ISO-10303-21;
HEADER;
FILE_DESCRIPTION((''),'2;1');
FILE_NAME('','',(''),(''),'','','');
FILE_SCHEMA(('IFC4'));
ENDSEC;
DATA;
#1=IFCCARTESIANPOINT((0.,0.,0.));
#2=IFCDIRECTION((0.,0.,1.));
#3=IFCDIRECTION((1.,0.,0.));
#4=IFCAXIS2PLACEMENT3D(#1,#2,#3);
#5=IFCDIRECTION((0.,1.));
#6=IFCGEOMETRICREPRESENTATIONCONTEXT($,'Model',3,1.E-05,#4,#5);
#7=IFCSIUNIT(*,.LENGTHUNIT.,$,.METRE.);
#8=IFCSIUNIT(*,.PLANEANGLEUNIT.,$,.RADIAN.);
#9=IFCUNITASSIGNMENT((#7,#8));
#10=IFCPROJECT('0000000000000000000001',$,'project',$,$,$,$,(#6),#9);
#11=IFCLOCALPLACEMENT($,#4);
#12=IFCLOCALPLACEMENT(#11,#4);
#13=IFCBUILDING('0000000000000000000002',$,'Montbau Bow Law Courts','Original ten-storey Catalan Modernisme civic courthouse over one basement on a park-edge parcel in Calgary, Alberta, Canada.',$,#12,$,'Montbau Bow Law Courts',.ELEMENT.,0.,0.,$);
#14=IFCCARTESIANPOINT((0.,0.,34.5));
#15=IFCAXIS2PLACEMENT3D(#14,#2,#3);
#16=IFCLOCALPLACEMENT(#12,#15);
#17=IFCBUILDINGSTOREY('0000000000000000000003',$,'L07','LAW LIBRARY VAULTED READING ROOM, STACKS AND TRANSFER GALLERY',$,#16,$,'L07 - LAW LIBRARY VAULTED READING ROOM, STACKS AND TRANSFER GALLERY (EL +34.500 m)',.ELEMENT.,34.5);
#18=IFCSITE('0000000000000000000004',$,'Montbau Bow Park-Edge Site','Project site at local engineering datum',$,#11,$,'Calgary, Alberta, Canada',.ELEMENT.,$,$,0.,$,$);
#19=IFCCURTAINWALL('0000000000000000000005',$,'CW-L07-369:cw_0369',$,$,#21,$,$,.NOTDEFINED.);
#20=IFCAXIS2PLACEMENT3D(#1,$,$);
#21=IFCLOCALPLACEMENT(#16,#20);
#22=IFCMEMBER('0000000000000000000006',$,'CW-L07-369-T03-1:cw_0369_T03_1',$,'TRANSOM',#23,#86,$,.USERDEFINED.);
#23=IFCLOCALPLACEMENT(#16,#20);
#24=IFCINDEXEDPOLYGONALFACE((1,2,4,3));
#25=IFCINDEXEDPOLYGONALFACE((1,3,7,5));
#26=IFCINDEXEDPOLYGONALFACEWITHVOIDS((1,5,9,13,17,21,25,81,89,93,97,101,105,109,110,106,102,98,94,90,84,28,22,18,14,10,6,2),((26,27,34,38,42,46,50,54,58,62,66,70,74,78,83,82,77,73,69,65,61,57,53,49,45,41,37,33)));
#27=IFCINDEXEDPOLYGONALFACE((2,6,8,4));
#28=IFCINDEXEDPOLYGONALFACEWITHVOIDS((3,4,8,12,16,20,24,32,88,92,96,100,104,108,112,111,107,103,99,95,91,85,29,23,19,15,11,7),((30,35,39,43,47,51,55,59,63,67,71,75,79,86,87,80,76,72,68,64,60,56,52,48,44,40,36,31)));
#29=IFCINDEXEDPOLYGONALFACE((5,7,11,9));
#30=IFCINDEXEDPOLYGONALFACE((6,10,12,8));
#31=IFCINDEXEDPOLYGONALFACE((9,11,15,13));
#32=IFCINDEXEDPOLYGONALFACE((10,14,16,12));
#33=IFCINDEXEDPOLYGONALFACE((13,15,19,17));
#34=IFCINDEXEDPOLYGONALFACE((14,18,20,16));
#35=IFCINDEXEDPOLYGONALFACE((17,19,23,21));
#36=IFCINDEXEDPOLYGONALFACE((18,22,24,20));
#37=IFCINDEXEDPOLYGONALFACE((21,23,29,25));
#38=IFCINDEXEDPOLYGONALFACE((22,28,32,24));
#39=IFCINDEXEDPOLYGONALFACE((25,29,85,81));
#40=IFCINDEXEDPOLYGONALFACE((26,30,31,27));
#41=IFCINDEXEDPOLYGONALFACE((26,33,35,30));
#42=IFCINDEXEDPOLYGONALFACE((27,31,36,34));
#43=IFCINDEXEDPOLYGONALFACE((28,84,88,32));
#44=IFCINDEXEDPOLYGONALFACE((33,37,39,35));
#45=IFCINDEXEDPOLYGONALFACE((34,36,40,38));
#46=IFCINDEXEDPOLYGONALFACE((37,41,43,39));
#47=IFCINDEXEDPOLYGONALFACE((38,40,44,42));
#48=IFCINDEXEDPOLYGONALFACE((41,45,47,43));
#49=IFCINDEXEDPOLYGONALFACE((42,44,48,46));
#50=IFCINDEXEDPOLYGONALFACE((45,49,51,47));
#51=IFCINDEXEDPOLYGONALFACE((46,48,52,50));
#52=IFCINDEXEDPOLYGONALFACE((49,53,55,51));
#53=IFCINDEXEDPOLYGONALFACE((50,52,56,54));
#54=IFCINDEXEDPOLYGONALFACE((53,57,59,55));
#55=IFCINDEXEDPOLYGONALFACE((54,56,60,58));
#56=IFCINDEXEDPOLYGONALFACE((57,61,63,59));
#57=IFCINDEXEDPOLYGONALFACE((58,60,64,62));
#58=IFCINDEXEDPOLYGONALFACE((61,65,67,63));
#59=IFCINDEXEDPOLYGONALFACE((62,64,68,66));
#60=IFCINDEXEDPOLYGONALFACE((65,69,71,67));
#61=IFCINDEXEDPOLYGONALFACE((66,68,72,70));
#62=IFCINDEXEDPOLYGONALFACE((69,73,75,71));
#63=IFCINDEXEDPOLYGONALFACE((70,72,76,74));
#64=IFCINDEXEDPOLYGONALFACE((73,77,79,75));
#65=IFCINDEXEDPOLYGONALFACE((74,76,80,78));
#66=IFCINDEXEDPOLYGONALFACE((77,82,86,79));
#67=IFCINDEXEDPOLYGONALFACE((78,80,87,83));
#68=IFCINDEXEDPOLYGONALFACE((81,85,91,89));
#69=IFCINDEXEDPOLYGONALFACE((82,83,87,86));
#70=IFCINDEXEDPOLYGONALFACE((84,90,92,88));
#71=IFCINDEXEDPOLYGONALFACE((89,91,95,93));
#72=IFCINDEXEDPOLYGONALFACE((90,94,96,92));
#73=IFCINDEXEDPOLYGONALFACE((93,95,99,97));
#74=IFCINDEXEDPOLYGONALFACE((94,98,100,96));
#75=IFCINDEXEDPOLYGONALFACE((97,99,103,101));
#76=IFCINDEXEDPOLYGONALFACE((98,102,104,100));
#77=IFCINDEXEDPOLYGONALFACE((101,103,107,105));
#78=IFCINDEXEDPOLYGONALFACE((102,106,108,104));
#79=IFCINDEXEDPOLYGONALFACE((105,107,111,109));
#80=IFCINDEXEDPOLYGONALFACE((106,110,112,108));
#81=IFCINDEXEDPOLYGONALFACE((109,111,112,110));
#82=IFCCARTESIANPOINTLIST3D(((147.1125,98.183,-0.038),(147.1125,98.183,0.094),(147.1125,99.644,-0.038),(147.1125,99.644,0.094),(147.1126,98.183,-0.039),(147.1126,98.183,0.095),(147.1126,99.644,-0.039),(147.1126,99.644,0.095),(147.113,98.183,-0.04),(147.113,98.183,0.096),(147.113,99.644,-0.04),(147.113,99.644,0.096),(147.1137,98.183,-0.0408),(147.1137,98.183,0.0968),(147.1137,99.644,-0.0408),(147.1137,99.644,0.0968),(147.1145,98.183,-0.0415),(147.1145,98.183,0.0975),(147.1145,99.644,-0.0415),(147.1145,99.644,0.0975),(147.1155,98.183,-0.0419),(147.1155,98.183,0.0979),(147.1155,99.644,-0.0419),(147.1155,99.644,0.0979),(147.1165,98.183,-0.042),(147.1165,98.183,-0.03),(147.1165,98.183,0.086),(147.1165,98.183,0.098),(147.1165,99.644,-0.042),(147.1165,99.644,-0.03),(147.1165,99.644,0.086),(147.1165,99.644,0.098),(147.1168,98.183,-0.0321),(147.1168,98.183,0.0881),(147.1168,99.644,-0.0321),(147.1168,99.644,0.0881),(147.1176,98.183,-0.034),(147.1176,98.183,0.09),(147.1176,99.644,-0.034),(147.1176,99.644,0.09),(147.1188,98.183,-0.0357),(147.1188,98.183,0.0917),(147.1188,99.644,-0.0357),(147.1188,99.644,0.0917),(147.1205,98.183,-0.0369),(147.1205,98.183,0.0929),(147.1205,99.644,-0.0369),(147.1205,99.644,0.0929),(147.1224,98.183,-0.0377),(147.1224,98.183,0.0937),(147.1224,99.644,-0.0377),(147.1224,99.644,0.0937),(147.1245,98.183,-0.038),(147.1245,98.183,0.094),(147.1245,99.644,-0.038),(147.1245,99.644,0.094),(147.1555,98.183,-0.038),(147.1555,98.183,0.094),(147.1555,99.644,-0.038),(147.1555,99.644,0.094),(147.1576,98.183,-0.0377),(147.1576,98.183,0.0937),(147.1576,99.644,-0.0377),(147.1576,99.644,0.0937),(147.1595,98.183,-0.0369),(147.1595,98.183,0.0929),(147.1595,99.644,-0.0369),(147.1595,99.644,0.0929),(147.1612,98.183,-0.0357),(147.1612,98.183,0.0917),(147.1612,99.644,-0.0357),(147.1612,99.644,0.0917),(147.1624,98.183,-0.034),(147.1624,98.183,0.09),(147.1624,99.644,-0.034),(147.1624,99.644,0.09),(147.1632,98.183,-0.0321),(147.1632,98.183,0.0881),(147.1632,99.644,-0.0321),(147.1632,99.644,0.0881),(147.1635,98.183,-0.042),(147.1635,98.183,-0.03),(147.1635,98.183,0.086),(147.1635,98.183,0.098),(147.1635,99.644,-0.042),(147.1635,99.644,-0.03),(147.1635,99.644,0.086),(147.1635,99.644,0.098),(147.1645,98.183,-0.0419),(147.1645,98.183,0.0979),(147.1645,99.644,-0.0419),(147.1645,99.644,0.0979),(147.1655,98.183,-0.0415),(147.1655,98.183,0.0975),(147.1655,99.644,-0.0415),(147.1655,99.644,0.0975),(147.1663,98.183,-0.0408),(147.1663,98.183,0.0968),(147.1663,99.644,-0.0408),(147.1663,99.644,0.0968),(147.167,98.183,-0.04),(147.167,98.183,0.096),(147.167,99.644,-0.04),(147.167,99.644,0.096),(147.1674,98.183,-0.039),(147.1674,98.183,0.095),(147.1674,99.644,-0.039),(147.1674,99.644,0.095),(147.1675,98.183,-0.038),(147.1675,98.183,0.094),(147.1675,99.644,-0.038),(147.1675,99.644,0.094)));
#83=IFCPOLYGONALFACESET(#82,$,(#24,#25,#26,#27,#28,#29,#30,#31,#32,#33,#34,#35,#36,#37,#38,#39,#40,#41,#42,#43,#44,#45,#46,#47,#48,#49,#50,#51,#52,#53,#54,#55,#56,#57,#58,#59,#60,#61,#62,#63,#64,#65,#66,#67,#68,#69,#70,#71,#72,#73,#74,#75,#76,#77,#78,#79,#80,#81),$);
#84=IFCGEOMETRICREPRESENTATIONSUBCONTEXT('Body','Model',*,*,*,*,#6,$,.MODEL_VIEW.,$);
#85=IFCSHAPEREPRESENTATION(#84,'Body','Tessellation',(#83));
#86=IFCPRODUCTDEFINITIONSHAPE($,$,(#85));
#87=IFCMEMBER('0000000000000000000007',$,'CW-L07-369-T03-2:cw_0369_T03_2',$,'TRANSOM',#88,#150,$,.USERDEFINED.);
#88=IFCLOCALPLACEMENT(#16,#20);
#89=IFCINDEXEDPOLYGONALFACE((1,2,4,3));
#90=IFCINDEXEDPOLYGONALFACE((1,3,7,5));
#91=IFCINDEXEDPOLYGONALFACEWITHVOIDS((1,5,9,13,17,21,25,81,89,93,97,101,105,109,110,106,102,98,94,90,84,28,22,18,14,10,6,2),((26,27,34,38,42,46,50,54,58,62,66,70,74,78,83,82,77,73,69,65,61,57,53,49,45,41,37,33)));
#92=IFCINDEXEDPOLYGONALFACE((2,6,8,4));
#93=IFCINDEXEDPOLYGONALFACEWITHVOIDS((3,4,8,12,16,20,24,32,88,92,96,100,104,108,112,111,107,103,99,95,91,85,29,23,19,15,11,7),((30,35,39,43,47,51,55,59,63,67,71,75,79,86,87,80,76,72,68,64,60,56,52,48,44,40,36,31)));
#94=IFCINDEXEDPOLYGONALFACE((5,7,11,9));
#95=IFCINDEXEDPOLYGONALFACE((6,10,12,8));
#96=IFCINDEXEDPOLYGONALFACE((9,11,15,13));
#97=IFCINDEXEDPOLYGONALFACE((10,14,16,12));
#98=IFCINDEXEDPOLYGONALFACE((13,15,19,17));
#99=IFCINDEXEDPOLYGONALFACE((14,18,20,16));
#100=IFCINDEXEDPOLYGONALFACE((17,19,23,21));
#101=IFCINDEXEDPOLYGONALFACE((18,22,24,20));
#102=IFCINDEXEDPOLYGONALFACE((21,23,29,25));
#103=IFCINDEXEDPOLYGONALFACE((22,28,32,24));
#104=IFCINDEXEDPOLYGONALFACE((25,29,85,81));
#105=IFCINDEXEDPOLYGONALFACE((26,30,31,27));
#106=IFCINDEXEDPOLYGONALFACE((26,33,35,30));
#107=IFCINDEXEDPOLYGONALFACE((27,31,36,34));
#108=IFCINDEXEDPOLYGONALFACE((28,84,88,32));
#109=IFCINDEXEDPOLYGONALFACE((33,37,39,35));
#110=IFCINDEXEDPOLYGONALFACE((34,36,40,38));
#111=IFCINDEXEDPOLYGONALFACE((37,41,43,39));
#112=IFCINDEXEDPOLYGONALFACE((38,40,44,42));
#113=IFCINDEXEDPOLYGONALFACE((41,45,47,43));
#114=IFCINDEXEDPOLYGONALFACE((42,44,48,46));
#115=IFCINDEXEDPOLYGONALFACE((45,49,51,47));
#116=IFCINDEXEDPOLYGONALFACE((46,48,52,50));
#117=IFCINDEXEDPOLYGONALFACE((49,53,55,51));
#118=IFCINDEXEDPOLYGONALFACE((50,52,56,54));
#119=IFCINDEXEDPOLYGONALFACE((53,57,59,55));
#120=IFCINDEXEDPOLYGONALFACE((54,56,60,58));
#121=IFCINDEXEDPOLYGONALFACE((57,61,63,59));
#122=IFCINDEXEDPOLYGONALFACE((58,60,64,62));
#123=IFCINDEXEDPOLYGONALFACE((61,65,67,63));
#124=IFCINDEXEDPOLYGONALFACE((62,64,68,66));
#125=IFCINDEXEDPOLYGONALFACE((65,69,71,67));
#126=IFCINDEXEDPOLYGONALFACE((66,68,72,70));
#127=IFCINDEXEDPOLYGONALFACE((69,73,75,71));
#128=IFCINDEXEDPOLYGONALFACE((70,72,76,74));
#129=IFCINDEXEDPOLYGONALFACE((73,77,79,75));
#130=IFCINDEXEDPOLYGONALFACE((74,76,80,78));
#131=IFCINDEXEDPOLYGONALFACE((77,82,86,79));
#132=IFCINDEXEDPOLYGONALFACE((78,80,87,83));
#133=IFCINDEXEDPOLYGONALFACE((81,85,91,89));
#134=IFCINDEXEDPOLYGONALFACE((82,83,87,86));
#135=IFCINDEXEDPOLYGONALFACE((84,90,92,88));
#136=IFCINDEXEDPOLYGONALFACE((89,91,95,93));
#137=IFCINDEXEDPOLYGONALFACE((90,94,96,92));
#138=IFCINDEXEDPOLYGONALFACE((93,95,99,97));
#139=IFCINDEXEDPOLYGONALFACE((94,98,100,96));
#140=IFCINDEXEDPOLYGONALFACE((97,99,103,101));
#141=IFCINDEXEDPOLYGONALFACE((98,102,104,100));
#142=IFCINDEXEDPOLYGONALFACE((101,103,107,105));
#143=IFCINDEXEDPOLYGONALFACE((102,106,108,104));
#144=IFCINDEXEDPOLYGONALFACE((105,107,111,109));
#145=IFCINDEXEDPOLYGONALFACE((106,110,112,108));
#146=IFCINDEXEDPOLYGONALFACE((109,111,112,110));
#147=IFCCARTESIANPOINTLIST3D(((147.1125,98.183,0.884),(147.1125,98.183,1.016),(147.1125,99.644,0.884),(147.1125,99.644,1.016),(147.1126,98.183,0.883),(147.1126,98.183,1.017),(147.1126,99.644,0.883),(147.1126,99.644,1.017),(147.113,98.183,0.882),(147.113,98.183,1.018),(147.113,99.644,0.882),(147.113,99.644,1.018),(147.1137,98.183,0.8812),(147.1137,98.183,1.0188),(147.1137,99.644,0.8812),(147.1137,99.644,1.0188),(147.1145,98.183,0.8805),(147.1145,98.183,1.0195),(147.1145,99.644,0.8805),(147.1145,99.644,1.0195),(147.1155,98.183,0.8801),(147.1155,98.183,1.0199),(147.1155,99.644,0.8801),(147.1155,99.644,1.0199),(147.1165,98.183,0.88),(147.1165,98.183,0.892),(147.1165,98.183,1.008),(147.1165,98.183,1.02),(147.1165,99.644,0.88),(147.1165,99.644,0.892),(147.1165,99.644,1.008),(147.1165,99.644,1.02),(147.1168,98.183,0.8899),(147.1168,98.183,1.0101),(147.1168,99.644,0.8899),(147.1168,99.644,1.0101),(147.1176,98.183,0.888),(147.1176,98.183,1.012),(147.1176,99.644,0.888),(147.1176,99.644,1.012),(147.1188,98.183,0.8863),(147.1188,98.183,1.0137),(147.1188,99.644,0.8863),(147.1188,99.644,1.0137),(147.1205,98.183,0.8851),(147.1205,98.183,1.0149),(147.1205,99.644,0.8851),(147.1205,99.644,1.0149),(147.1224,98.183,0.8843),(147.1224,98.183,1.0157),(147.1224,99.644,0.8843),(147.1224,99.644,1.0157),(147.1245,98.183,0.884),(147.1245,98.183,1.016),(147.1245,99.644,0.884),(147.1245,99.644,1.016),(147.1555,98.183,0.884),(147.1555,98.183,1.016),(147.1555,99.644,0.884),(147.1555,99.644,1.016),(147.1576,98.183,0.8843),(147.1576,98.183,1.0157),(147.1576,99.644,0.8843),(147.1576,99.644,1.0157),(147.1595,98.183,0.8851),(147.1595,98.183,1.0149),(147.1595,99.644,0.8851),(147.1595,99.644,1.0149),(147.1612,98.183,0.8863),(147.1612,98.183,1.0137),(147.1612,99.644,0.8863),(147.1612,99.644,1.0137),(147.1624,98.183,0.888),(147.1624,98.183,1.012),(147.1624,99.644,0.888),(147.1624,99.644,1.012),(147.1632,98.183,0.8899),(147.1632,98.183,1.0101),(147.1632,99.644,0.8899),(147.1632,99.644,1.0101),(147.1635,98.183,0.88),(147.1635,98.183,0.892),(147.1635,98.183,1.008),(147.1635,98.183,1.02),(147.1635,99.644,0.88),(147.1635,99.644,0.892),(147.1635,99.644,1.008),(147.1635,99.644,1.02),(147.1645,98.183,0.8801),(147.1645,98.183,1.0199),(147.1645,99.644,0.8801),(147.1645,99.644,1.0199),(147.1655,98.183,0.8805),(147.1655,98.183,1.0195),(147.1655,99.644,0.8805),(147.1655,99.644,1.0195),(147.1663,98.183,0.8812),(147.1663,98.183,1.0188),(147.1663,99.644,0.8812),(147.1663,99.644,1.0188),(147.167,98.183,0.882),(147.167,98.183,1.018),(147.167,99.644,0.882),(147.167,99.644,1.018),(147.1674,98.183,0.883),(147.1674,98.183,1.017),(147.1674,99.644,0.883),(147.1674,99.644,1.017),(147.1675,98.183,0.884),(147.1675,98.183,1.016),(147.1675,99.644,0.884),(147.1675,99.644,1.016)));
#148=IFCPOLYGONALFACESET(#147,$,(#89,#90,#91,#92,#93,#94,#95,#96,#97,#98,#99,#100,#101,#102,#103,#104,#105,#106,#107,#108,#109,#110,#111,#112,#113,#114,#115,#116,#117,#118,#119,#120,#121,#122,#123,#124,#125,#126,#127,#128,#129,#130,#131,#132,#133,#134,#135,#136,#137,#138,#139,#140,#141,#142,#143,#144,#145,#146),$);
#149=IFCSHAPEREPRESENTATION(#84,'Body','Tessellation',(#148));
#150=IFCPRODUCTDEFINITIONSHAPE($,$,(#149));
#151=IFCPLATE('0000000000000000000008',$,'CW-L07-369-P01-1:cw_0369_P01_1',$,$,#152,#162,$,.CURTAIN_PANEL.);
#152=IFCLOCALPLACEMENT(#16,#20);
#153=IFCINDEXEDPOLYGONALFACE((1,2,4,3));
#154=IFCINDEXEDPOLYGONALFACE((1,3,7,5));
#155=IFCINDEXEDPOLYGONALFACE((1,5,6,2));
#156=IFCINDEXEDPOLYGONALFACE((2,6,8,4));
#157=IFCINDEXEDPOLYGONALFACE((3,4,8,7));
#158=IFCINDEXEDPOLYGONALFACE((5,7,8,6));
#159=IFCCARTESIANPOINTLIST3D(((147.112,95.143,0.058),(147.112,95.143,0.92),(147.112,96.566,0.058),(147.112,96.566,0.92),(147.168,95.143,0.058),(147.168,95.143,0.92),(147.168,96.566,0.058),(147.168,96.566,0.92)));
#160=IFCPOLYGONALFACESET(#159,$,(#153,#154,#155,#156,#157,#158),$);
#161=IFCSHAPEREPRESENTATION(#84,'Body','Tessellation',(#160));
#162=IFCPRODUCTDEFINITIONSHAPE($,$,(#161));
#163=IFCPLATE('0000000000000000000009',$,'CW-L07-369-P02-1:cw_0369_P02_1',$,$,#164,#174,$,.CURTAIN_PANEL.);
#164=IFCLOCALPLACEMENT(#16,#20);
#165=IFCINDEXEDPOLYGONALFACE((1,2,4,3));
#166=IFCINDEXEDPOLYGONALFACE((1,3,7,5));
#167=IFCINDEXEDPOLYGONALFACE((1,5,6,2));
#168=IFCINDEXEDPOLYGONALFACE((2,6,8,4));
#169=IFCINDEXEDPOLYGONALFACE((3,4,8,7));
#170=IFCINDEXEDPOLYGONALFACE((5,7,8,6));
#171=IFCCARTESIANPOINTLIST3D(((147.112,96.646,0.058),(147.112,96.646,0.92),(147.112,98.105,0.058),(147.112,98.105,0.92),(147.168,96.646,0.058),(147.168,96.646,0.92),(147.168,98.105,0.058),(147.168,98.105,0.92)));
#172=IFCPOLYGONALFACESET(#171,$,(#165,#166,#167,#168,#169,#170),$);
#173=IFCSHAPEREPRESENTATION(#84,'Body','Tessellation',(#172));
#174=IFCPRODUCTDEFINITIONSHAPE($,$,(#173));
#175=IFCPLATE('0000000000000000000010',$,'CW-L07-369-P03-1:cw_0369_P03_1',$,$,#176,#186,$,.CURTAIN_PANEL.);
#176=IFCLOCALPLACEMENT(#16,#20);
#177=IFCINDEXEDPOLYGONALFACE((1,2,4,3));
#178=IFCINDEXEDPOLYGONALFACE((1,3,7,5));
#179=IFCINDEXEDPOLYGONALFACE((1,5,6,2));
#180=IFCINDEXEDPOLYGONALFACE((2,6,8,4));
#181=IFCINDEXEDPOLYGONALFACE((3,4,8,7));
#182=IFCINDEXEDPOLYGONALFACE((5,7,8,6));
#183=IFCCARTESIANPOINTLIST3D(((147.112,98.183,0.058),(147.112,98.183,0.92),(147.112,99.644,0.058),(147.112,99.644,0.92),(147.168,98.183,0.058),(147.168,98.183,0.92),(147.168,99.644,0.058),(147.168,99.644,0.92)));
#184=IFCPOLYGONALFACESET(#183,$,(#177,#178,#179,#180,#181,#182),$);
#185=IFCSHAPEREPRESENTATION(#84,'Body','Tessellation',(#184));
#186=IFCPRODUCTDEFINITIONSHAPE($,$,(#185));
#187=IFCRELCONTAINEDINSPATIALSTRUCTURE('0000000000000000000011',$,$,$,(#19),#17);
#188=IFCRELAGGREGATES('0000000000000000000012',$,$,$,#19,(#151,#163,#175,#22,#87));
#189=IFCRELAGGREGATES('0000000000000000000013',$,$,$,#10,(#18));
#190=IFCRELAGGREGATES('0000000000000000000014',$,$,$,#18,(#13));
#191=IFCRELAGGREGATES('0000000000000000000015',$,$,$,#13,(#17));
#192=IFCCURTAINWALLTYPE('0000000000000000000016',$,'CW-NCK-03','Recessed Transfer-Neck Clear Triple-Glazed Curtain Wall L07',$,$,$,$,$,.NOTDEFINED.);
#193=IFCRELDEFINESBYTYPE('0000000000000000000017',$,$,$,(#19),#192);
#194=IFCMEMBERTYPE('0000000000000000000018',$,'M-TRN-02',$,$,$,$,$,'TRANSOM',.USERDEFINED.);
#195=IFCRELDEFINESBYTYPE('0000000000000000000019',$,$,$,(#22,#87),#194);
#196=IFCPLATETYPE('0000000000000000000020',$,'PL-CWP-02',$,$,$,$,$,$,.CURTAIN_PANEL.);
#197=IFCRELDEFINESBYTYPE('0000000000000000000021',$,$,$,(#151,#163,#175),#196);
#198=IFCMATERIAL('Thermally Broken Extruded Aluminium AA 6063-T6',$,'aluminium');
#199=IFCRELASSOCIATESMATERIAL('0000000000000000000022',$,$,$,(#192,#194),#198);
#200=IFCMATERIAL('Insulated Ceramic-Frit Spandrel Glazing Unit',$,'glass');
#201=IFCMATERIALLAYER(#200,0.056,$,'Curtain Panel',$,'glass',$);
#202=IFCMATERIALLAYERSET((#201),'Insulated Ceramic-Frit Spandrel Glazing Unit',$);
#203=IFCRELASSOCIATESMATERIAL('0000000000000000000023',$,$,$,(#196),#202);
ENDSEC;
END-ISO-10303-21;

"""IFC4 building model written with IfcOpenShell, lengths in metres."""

from ifc_helpers import new_model, si_unit, direction, frame, frame_2d, origin_with_axes, origin_2d_with_axis, place, context, subcontext, project, spatial, rectangle, hollow_rectangle, extrude, material, layer, layer_set, material_profile, profile_set, type_object, element, aggregate, save


model = new_model("IFC4")

# Units and contexts
model_context = context("Model", 3, precision=1e-05, world=origin_with_axes(), true_north=direction((0.0, 1.0)))
body_context = subcontext(model_context, "Body", "Model", "MODEL_VIEW")
ifc_project = project(units=[si_unit("LENGTHUNIT", "METRE"), si_unit("PLANEANGLEUNIT", "RADIAN")], contexts=[model_context])

# Site, building, storey
site_placement = place(None, origin_with_axes())
site = spatial("IfcSite", under=ifc_project, at=site_placement, Name="Montbau Bow Park-Edge Site", Description="Project site at local engineering datum", LongName="Calgary, Alberta, Canada", CompositionType="ELEMENT", RefElevation=0.0)
building_placement = place(site_placement, origin_with_axes())
building = spatial("IfcBuilding", under=site, at=building_placement, Name="Montbau Bow Law Courts", Description="Original ten-storey Catalan Modernisme civic courthouse over one basement on a park-edge parcel in Calgary, Alberta, Canada.", LongName="Montbau Bow Law Courts", CompositionType="ELEMENT", ElevationOfRefHeight=0.0, ElevationOfTerrain=0.0)
storey_placement = place(building_placement, frame((0.0, 0.0, 34.5), z_axis=(0.0, 0.0, 1.0), x_axis=(1.0, 0.0, 0.0)))
storey = spatial("IfcBuildingStorey", under=building, at=storey_placement, Name="L07", Description="LAW LIBRARY VAULTED READING ROOM, STACKS AND TRANSFER GALLERY", LongName="L07 - LAW LIBRARY VAULTED READING ROOM, STACKS AND TRANSFER GALLERY (EL +34.500 m)", CompositionType="ELEMENT", Elevation=34.5)

# Curtain wall, members, plates
ifc_material_1 = material(Name="Thermally Broken Extruded Aluminium AA 6063-T6", Category="aluminium")
curtain_wall_type = type_object("IfcCurtainWallType", Name="CW-NCK-03", Description="Recessed Transfer-Neck Clear Triple-Glazed Curtain Wall L07", PredefinedType="NOTDEFINED", material=ifc_material_1)
curtain_wall_placement = place(None, frame((147.14, 95.067, 34.5), z_axis=(0.0, 0.0, 1.0), x_axis=(1.0, 0.0, 0.0)))
curtain_wall = element("IfcCurtainWall", 1, at=curtain_wall_placement, inside=storey, type_object=curtain_wall_type, Name="CW-L07-369:cw_0369", PredefinedType="NOTDEFINED")
ifc_material_profile_1 = material_profile(ifc_material_1, hollow_rectangle(XDim=0.055, YDim=0.14, WallThickness=0.004, InnerFilletRadius=0.008, OuterFilletRadius=0.004, at=origin_2d_with_axis()), Name="CWT-140X55", Category="Main", Priority=0)
ifc_profile_set_1 = profile_set([ifc_material_profile_1], Name="Thermally Broken Extruded Aluminium AA 6063-T6")
member_type_1 = type_object("IfcMemberType", Name="M-TRN-02", ElementType="TRANSOM", PredefinedType="USERDEFINED", material=ifc_profile_set_1)
member_1_placement = place(None, frame((147.14, 98.183, 34.528), z_axis=(0.0, 1.0, 0.0), x_axis=(-1.0, 0.0, 0.0)))
member_1 = element("IfcMember", 2, at=member_1_placement, type_object=member_type_1, Name="CW-L07-369-T03-1:cw_0369_T03_1", ObjectType="TRANSOM", PredefinedType="USERDEFINED", context=body_context, shape_type="SweptSolid", body=[
    extrude(hollow_rectangle(XDim=0.055, YDim=0.14, WallThickness=0.004, InnerFilletRadius=0.008, OuterFilletRadius=0.004, at=origin_2d_with_axis()), origin_with_axes(), (0.0, 0.0, 1.0), 1.461),
])
member_2_placement = place(None, frame((147.14, 98.183, 35.45), z_axis=(0.0, 1.0, 0.0), x_axis=(-1.0, 0.0, 0.0)))
member_2 = element("IfcMember", 3, at=member_2_placement, type_object=member_type_1, Name="CW-L07-369-T03-2:cw_0369_T03_2", ObjectType="TRANSOM", PredefinedType="USERDEFINED", context=body_context, shape_type="SweptSolid", body=[
    extrude(hollow_rectangle(XDim=0.055, YDim=0.14, WallThickness=0.004, InnerFilletRadius=0.008, OuterFilletRadius=0.004, at=origin_2d_with_axis()), origin_with_axes(), (0.0, 0.0, 1.0), 1.461),
])
ifc_material_2 = material(Name="Insulated Ceramic-Frit Spandrel Glazing Unit", Category="glass")
ifc_layer_1 = layer(ifc_material_2, 0.056, Name="Curtain Panel", Category="glass")
ifc_layer_set_1 = layer_set([ifc_layer_1], Name="Insulated Ceramic-Frit Spandrel Glazing Unit")
plate_type_1 = type_object("IfcPlateType", Name="PL-CWP-02", PredefinedType="CURTAIN_PANEL", material=ifc_layer_set_1)
plate_1_placement = place(None, frame((147.14, 95.143, 34.558), z_axis=(1.0, 0.0, 0.0), x_axis=(0.0, 1.0, 0.0)))
plate_1 = element("IfcPlate", 4, at=plate_1_placement, type_object=plate_type_1, Name="CW-L07-369-P01-1:cw_0369_P01_1", PredefinedType="CURTAIN_PANEL", context=body_context, shape_type="SweptSolid", body=[
    extrude(rectangle(XDim=1.423, YDim=0.862, at=frame_2d((0.7115, 0.431), x_axis=(1.0, 0.0))), frame((0.0, 0.0, -0.028), z_axis=(0.0, 0.0, 1.0), x_axis=(1.0, 0.0, 0.0)), (0.0, 0.0, 1.0), 0.056),
])
plate_2_placement = place(None, frame((147.14, 96.646, 34.558), z_axis=(1.0, 0.0, 0.0), x_axis=(0.0, 1.0, 0.0)))
plate_2 = element("IfcPlate", 5, at=plate_2_placement, type_object=plate_type_1, Name="CW-L07-369-P02-1:cw_0369_P02_1", PredefinedType="CURTAIN_PANEL", context=body_context, shape_type="SweptSolid", body=[
    extrude(rectangle(XDim=1.459, YDim=0.862, at=frame_2d((0.7295, 0.431), x_axis=(1.0, 0.0))), frame((0.0, 0.0, -0.028), z_axis=(0.0, 0.0, 1.0), x_axis=(1.0, 0.0, 0.0)), (0.0, 0.0, 1.0), 0.056),
])
plate_3_placement = place(None, frame((147.14, 98.183, 34.558), z_axis=(1.0, 0.0, 0.0), x_axis=(0.0, 1.0, 0.0)))
plate_3 = element("IfcPlate", 6, at=plate_3_placement, type_object=plate_type_1, Name="CW-L07-369-P03-1:cw_0369_P03_1", PredefinedType="CURTAIN_PANEL", context=body_context, shape_type="SweptSolid", body=[
    extrude(rectangle(XDim=1.461, YDim=0.862, at=frame_2d((0.7305, 0.431), x_axis=(1.0, 0.0))), frame((0.0, 0.0, -0.028), z_axis=(0.0, 0.0, 1.0), x_axis=(1.0, 0.0, 0.0)), (0.0, 0.0, 1.0), 0.056),
])
aggregate(curtain_wall, [plate_1, plate_2, plate_3, member_1, member_2])

save(model, "model.ifc")
